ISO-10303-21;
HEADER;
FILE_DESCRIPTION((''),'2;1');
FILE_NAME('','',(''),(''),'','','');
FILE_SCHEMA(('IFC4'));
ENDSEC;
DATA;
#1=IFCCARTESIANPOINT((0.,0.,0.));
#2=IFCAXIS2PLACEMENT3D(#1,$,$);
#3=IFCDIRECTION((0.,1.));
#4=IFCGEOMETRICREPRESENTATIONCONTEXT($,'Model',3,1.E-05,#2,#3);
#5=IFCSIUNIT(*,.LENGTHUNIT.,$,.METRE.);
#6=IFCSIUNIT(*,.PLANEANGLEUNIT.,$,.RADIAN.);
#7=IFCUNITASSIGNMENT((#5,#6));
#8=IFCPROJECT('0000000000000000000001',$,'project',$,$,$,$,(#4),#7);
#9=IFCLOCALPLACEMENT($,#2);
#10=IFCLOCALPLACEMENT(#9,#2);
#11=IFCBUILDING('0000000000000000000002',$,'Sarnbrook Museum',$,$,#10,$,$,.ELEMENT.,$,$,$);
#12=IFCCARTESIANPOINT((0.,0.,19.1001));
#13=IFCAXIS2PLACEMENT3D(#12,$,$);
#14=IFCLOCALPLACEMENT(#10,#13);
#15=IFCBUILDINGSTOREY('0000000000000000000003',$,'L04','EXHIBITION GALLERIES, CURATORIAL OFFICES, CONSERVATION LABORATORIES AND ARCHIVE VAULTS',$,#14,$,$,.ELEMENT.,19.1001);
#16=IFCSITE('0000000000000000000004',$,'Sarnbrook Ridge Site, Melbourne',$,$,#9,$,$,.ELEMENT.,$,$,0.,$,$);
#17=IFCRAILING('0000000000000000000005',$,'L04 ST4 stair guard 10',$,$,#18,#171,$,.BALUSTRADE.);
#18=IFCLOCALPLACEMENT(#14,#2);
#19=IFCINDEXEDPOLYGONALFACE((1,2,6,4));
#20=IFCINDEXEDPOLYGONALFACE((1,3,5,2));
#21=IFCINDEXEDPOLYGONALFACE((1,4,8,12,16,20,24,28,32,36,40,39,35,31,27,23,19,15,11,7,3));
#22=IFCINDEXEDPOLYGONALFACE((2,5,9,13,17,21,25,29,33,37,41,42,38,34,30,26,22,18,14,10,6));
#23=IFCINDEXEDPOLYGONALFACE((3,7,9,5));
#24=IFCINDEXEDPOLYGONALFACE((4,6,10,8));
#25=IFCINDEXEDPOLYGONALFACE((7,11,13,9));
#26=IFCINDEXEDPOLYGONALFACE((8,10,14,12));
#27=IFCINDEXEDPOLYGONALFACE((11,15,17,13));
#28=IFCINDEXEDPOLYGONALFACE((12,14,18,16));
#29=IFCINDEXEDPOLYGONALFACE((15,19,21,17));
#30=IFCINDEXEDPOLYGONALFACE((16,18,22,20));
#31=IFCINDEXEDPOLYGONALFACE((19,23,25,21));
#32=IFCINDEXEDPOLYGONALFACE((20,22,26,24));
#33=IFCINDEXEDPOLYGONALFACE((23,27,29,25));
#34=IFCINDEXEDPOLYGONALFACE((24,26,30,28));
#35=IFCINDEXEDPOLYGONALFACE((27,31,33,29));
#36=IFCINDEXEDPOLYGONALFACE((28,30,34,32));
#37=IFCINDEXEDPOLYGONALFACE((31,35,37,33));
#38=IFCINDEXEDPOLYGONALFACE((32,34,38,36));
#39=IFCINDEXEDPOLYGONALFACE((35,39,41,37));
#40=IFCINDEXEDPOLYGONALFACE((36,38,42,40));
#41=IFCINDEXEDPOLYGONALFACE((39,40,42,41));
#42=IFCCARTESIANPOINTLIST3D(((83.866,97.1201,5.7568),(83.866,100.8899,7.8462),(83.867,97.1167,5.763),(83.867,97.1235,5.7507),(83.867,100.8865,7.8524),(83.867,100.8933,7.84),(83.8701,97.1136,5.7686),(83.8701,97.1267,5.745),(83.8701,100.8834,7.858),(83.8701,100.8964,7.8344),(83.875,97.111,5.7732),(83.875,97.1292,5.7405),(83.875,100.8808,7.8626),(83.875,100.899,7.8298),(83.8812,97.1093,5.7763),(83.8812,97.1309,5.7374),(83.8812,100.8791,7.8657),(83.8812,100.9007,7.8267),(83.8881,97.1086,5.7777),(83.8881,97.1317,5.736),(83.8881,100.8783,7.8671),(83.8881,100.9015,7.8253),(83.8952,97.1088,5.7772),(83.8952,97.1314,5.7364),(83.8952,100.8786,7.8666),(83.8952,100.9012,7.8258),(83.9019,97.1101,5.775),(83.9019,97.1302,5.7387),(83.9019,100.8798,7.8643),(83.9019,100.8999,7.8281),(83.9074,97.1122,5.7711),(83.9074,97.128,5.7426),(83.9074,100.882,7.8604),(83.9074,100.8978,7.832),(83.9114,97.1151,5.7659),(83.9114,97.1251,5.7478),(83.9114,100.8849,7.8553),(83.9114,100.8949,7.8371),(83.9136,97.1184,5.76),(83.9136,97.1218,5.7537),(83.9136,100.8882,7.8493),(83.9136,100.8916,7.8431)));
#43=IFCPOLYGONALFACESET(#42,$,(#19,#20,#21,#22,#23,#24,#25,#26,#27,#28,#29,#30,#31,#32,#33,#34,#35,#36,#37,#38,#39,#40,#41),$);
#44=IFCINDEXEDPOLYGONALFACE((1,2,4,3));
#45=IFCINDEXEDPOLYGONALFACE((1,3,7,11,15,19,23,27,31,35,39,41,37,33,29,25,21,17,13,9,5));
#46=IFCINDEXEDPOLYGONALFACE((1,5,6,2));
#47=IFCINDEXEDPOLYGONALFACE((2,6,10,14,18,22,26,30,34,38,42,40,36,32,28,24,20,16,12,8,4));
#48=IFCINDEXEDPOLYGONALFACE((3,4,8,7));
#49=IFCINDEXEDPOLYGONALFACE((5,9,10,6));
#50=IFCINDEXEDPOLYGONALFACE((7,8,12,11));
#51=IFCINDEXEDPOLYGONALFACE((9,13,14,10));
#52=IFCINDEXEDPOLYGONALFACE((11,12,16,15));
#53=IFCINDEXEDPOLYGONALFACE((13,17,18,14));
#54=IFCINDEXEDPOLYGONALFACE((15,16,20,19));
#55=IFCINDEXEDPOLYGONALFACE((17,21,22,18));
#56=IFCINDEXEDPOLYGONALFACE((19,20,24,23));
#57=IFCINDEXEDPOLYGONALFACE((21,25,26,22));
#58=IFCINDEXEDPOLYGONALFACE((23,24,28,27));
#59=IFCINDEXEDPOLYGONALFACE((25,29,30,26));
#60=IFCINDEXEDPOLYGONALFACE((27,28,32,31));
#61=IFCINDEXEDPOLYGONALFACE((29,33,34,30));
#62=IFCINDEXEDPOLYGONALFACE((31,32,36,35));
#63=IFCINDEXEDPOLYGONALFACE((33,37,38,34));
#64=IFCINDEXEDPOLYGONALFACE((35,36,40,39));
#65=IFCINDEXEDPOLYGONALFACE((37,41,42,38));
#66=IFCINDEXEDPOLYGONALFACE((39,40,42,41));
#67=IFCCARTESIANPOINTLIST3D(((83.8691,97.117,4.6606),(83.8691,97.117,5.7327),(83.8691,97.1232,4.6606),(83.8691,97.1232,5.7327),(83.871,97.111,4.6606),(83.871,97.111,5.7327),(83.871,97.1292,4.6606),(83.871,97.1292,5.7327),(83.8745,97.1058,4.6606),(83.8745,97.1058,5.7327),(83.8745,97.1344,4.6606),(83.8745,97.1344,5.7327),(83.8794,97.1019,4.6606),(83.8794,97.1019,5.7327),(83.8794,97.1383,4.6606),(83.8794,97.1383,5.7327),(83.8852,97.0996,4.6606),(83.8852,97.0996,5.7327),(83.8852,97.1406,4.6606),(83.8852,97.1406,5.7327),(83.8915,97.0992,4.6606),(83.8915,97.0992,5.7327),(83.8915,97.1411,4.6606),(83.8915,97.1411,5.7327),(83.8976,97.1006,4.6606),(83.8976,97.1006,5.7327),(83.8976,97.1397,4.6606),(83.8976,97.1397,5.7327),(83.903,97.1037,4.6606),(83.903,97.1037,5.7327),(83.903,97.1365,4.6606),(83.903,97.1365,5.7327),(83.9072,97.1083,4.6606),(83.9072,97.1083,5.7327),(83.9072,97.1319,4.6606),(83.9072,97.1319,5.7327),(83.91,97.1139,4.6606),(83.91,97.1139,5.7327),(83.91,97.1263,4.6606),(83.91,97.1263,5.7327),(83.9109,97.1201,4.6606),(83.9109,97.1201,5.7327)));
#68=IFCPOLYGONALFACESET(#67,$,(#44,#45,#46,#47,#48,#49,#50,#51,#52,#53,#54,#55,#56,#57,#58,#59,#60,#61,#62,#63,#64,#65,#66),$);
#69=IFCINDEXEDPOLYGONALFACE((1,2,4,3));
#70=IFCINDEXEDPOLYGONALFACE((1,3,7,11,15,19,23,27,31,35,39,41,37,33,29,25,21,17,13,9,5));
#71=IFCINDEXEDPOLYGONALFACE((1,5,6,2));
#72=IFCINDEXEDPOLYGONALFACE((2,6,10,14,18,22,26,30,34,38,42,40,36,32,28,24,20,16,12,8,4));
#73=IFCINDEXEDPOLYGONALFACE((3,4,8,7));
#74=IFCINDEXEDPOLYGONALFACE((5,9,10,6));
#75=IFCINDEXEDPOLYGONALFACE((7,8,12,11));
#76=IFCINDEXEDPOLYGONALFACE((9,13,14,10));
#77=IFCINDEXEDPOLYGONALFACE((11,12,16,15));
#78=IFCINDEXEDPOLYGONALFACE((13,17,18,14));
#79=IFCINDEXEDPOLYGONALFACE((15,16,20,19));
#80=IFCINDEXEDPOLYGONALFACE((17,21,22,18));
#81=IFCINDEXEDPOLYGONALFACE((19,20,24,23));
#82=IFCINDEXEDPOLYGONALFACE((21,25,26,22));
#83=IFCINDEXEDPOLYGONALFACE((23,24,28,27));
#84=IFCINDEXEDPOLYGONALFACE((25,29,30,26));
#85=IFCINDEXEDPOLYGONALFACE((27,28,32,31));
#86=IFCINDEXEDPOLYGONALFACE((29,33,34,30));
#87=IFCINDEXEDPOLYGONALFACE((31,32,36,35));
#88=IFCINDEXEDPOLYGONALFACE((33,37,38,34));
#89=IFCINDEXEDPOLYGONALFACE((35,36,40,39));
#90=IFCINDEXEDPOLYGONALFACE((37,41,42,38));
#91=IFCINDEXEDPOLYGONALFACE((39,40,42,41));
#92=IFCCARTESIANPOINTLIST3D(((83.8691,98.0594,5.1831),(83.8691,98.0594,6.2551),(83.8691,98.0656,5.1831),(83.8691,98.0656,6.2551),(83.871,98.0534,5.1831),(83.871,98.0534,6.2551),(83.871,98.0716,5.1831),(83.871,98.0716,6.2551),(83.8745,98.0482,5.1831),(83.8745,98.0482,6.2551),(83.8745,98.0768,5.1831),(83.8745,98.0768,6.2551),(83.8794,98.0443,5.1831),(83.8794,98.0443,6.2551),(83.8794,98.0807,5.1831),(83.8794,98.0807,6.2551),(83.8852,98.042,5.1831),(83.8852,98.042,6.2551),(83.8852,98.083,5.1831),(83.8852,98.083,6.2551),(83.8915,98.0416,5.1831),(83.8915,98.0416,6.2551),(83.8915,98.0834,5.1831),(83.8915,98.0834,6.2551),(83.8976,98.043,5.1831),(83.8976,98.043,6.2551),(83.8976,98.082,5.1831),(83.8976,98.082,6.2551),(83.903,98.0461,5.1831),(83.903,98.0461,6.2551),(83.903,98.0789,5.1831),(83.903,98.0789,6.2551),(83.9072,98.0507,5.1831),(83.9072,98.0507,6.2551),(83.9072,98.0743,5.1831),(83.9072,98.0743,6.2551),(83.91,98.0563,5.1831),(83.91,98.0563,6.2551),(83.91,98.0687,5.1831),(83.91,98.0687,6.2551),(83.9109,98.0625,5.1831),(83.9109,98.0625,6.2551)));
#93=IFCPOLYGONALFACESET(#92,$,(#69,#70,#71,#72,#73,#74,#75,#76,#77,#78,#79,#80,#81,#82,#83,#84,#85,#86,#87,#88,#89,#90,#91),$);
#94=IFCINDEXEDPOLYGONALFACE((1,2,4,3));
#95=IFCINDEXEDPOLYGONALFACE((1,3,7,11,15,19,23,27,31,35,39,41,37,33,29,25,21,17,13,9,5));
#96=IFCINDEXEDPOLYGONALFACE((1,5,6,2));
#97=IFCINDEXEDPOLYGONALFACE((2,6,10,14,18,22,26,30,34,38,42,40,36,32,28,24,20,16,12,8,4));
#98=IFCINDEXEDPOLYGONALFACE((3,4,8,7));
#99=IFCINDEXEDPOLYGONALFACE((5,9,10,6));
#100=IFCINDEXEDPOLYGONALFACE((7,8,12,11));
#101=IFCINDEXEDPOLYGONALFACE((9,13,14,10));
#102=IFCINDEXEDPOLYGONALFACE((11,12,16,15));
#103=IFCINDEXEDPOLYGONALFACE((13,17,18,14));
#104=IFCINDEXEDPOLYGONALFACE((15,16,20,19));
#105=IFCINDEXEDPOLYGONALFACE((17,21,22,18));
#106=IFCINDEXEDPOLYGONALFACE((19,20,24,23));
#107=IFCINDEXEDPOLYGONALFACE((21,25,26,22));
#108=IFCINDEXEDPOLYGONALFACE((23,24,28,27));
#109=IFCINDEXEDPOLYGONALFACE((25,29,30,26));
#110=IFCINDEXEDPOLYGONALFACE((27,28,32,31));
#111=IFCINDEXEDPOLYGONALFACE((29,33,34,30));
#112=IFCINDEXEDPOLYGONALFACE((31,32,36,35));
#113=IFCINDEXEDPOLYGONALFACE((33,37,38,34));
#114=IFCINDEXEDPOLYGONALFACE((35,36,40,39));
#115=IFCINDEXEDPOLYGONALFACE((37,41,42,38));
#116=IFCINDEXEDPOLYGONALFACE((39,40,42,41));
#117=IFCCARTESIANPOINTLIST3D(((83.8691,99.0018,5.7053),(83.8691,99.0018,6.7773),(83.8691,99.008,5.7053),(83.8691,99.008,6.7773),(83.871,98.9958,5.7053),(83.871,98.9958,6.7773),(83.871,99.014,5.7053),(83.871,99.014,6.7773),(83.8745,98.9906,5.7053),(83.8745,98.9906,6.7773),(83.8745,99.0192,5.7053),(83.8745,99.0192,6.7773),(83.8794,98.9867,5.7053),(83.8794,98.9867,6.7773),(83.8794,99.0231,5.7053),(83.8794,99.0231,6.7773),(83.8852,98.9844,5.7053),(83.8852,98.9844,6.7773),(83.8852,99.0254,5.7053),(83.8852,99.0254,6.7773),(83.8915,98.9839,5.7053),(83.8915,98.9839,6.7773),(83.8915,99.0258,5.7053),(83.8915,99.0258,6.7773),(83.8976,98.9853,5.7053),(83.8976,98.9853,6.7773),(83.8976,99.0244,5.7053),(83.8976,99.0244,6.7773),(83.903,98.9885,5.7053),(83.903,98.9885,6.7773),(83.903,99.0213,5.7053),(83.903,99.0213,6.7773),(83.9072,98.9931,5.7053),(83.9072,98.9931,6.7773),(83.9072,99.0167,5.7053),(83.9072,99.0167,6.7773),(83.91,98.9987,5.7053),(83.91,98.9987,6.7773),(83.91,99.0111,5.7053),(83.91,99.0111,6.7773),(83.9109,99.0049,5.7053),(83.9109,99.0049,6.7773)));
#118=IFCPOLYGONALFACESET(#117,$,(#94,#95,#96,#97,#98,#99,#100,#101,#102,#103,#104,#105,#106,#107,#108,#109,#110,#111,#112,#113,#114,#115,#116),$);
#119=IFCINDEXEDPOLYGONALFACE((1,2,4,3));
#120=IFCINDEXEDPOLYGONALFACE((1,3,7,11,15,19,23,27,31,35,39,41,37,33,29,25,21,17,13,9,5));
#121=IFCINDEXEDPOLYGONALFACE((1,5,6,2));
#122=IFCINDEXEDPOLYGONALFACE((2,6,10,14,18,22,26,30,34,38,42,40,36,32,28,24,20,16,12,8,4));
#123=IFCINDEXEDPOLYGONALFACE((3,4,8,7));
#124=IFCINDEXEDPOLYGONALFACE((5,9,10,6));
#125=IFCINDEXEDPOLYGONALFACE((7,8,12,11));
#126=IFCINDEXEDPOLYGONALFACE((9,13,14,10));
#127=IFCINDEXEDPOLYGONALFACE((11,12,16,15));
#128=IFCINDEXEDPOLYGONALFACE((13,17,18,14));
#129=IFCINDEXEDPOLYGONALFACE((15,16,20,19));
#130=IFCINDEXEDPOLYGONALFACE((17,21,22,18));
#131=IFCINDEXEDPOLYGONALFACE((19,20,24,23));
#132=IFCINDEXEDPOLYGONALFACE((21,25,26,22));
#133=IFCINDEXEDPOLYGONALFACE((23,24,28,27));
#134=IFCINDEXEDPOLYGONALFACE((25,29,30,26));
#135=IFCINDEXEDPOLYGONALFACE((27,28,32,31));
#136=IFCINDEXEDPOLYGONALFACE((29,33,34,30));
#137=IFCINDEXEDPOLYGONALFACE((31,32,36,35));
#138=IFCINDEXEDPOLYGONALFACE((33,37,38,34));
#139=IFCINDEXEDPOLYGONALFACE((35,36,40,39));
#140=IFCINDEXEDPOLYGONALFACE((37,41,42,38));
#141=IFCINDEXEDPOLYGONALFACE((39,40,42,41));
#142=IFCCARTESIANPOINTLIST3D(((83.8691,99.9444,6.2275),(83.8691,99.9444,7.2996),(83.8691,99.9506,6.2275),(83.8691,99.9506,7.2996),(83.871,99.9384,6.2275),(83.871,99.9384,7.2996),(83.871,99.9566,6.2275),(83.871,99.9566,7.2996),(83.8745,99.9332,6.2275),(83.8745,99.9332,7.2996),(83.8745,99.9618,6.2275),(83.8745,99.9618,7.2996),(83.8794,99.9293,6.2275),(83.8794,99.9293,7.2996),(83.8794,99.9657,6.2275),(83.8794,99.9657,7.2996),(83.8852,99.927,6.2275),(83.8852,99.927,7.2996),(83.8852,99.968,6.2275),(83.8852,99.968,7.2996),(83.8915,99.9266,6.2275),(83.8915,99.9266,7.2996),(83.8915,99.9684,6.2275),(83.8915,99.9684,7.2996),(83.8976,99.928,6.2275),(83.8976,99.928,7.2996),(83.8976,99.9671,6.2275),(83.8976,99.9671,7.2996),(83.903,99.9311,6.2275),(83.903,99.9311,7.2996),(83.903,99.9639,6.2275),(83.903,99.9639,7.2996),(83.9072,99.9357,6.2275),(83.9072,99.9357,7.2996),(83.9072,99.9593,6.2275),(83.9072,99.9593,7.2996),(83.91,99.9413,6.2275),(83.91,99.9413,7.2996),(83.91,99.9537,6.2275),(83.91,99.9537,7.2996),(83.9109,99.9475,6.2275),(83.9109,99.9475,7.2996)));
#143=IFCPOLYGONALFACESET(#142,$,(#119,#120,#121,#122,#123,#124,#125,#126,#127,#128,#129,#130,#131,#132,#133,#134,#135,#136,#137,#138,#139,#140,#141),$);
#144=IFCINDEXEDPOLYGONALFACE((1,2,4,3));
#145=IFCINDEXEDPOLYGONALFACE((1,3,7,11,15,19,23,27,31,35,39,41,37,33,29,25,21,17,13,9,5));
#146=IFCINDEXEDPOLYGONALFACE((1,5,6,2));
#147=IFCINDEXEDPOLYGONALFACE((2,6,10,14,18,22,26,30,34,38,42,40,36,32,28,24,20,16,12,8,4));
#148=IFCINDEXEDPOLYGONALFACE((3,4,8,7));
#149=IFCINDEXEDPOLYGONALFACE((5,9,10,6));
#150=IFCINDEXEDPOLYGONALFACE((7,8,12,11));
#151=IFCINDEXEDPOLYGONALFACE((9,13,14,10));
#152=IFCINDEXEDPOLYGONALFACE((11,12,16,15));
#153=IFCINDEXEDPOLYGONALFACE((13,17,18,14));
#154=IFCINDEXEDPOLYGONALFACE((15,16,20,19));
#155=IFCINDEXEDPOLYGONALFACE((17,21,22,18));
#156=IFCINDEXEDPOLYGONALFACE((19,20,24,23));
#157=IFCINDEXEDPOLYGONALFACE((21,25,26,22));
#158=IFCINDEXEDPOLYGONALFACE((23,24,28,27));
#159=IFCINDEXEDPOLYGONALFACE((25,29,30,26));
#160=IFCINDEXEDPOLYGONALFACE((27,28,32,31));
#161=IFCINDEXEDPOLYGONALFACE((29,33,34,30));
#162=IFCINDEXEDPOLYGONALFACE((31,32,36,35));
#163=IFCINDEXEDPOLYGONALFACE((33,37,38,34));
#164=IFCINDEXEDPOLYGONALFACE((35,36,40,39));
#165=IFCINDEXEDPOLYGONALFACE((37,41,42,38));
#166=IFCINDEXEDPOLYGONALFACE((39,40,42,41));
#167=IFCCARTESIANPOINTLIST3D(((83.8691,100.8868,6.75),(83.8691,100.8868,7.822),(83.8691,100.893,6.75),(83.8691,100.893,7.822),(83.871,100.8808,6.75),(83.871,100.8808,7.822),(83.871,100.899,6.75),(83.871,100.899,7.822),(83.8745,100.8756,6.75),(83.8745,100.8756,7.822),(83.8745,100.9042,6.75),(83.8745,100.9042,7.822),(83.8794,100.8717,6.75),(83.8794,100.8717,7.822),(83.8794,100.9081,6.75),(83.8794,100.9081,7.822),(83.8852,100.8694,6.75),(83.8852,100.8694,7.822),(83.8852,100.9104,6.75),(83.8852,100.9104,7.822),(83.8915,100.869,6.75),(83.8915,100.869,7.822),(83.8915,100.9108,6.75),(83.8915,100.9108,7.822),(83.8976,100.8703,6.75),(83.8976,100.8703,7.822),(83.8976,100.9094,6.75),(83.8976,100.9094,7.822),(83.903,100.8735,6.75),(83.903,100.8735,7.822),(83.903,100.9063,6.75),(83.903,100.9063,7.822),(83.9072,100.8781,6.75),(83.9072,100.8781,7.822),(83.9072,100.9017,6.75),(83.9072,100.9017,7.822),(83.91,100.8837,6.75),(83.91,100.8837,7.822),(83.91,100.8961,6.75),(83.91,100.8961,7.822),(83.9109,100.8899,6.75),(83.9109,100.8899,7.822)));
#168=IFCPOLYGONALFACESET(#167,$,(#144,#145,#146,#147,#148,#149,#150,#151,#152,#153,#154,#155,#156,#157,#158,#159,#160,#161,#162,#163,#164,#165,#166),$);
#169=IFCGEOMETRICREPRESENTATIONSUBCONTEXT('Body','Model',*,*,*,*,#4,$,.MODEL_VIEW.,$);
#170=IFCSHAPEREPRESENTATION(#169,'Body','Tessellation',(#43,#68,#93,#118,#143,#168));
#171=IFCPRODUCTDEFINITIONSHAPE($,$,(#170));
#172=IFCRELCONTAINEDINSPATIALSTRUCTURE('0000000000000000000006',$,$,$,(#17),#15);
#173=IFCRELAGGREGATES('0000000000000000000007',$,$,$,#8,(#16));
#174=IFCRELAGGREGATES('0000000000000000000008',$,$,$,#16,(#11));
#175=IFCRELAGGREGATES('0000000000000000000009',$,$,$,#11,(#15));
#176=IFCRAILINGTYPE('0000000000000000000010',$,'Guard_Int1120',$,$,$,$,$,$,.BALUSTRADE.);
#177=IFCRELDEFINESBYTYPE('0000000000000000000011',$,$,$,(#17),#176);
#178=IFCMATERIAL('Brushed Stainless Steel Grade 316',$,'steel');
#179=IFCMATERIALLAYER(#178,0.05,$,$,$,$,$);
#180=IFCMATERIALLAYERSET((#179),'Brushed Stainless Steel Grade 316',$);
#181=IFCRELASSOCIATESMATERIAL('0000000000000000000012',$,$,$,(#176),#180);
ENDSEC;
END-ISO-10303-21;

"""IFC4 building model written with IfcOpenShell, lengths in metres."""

from ifc_helpers import new_model, si_unit, direction, frame, origin, origin_2d, place, context, subcontext, project, spatial, circle, extrude, material, layer, layer_set, type_object, element, save


model = new_model("IFC4")

# Units and contexts
model_context = context("Model", 3, precision=1e-05, world=origin(), true_north=direction((0.0, 1.0)))
body_context = subcontext(model_context, "Body", "Model", "MODEL_VIEW")
ifc_project = project(units=[si_unit("LENGTHUNIT", "METRE"), si_unit("PLANEANGLEUNIT", "RADIAN")], contexts=[model_context])

# Site, building, storey
site_placement = place(None, origin())
site = spatial("IfcSite", under=ifc_project, at=site_placement, Name="Sarnbrook Ridge Site, Melbourne", CompositionType="ELEMENT", RefElevation=0.0)
building_placement = place(site_placement, origin())
building = spatial("IfcBuilding", under=site, at=building_placement, Name="Sarnbrook Museum", CompositionType="ELEMENT")
storey_placement = place(building_placement, frame((0.0, 0.0, 19.1001)))
storey = spatial("IfcBuildingStorey", under=building, at=storey_placement, Name="L04", Description="EXHIBITION GALLERIES, CURATORIAL OFFICES, CONSERVATION LABORATORIES AND ARCHIVE VAULTS", CompositionType="ELEMENT", Elevation=19.1001)

# Shared definitions
ifc_material_1 = material(Name="Brushed Stainless Steel Grade 316", Category="steel")

# Railing
ifc_layer_1 = layer(ifc_material_1, 0.05)
ifc_layer_set_1 = layer_set([ifc_layer_1], Name="Brushed Stainless Steel Grade 316")
railing_type_1 = type_object("IfcRailingType", Name="Guard_Int1120", PredefinedType="BALUSTRADE", material=ifc_layer_set_1)
railing_1_placement = place(storey_placement, frame((83.8899, 97.1201, 4.6606)))
element("IfcRailing", 1, at=railing_1_placement, inside=storey, type_object=railing_type_1, Name="L04 ST4 stair guard 10", PredefinedType="BALUSTRADE", context=body_context, shape_type="SweptSolid", body=[
    extrude(circle(Radius=0.0239, at=origin_2d()), frame((0.0, 0.0, 1.0962), z_axis=(0.0, 0.874646, 0.484763), x_axis=(-1.0, 0.0, 0.0)), (0.0, 0.0, 1.0), 4.3101),
    extrude(circle(Radius=0.021, at=origin_2d()), origin(), (0.0, 0.0, 1.0), 1.072),
    extrude(circle(Radius=0.021, at=origin_2d()), frame((0.0, 0.9424, 0.5225)), (0.0, 0.0, 1.0), 1.072),
    extrude(circle(Radius=0.021, at=origin_2d()), frame((0.0, 1.8848, 1.0447)), (0.0, 0.0, 1.0), 1.072),
    extrude(circle(Radius=0.021, at=origin_2d()), frame((0.0, 2.8274, 1.5669)), (0.0, 0.0, 1.0), 1.072),
    extrude(circle(Radius=0.021, at=origin_2d()), frame((0.0, 3.7698, 2.0894)), (0.0, 0.0, 1.0), 1.072),
])

save(model, "model.ifc")
